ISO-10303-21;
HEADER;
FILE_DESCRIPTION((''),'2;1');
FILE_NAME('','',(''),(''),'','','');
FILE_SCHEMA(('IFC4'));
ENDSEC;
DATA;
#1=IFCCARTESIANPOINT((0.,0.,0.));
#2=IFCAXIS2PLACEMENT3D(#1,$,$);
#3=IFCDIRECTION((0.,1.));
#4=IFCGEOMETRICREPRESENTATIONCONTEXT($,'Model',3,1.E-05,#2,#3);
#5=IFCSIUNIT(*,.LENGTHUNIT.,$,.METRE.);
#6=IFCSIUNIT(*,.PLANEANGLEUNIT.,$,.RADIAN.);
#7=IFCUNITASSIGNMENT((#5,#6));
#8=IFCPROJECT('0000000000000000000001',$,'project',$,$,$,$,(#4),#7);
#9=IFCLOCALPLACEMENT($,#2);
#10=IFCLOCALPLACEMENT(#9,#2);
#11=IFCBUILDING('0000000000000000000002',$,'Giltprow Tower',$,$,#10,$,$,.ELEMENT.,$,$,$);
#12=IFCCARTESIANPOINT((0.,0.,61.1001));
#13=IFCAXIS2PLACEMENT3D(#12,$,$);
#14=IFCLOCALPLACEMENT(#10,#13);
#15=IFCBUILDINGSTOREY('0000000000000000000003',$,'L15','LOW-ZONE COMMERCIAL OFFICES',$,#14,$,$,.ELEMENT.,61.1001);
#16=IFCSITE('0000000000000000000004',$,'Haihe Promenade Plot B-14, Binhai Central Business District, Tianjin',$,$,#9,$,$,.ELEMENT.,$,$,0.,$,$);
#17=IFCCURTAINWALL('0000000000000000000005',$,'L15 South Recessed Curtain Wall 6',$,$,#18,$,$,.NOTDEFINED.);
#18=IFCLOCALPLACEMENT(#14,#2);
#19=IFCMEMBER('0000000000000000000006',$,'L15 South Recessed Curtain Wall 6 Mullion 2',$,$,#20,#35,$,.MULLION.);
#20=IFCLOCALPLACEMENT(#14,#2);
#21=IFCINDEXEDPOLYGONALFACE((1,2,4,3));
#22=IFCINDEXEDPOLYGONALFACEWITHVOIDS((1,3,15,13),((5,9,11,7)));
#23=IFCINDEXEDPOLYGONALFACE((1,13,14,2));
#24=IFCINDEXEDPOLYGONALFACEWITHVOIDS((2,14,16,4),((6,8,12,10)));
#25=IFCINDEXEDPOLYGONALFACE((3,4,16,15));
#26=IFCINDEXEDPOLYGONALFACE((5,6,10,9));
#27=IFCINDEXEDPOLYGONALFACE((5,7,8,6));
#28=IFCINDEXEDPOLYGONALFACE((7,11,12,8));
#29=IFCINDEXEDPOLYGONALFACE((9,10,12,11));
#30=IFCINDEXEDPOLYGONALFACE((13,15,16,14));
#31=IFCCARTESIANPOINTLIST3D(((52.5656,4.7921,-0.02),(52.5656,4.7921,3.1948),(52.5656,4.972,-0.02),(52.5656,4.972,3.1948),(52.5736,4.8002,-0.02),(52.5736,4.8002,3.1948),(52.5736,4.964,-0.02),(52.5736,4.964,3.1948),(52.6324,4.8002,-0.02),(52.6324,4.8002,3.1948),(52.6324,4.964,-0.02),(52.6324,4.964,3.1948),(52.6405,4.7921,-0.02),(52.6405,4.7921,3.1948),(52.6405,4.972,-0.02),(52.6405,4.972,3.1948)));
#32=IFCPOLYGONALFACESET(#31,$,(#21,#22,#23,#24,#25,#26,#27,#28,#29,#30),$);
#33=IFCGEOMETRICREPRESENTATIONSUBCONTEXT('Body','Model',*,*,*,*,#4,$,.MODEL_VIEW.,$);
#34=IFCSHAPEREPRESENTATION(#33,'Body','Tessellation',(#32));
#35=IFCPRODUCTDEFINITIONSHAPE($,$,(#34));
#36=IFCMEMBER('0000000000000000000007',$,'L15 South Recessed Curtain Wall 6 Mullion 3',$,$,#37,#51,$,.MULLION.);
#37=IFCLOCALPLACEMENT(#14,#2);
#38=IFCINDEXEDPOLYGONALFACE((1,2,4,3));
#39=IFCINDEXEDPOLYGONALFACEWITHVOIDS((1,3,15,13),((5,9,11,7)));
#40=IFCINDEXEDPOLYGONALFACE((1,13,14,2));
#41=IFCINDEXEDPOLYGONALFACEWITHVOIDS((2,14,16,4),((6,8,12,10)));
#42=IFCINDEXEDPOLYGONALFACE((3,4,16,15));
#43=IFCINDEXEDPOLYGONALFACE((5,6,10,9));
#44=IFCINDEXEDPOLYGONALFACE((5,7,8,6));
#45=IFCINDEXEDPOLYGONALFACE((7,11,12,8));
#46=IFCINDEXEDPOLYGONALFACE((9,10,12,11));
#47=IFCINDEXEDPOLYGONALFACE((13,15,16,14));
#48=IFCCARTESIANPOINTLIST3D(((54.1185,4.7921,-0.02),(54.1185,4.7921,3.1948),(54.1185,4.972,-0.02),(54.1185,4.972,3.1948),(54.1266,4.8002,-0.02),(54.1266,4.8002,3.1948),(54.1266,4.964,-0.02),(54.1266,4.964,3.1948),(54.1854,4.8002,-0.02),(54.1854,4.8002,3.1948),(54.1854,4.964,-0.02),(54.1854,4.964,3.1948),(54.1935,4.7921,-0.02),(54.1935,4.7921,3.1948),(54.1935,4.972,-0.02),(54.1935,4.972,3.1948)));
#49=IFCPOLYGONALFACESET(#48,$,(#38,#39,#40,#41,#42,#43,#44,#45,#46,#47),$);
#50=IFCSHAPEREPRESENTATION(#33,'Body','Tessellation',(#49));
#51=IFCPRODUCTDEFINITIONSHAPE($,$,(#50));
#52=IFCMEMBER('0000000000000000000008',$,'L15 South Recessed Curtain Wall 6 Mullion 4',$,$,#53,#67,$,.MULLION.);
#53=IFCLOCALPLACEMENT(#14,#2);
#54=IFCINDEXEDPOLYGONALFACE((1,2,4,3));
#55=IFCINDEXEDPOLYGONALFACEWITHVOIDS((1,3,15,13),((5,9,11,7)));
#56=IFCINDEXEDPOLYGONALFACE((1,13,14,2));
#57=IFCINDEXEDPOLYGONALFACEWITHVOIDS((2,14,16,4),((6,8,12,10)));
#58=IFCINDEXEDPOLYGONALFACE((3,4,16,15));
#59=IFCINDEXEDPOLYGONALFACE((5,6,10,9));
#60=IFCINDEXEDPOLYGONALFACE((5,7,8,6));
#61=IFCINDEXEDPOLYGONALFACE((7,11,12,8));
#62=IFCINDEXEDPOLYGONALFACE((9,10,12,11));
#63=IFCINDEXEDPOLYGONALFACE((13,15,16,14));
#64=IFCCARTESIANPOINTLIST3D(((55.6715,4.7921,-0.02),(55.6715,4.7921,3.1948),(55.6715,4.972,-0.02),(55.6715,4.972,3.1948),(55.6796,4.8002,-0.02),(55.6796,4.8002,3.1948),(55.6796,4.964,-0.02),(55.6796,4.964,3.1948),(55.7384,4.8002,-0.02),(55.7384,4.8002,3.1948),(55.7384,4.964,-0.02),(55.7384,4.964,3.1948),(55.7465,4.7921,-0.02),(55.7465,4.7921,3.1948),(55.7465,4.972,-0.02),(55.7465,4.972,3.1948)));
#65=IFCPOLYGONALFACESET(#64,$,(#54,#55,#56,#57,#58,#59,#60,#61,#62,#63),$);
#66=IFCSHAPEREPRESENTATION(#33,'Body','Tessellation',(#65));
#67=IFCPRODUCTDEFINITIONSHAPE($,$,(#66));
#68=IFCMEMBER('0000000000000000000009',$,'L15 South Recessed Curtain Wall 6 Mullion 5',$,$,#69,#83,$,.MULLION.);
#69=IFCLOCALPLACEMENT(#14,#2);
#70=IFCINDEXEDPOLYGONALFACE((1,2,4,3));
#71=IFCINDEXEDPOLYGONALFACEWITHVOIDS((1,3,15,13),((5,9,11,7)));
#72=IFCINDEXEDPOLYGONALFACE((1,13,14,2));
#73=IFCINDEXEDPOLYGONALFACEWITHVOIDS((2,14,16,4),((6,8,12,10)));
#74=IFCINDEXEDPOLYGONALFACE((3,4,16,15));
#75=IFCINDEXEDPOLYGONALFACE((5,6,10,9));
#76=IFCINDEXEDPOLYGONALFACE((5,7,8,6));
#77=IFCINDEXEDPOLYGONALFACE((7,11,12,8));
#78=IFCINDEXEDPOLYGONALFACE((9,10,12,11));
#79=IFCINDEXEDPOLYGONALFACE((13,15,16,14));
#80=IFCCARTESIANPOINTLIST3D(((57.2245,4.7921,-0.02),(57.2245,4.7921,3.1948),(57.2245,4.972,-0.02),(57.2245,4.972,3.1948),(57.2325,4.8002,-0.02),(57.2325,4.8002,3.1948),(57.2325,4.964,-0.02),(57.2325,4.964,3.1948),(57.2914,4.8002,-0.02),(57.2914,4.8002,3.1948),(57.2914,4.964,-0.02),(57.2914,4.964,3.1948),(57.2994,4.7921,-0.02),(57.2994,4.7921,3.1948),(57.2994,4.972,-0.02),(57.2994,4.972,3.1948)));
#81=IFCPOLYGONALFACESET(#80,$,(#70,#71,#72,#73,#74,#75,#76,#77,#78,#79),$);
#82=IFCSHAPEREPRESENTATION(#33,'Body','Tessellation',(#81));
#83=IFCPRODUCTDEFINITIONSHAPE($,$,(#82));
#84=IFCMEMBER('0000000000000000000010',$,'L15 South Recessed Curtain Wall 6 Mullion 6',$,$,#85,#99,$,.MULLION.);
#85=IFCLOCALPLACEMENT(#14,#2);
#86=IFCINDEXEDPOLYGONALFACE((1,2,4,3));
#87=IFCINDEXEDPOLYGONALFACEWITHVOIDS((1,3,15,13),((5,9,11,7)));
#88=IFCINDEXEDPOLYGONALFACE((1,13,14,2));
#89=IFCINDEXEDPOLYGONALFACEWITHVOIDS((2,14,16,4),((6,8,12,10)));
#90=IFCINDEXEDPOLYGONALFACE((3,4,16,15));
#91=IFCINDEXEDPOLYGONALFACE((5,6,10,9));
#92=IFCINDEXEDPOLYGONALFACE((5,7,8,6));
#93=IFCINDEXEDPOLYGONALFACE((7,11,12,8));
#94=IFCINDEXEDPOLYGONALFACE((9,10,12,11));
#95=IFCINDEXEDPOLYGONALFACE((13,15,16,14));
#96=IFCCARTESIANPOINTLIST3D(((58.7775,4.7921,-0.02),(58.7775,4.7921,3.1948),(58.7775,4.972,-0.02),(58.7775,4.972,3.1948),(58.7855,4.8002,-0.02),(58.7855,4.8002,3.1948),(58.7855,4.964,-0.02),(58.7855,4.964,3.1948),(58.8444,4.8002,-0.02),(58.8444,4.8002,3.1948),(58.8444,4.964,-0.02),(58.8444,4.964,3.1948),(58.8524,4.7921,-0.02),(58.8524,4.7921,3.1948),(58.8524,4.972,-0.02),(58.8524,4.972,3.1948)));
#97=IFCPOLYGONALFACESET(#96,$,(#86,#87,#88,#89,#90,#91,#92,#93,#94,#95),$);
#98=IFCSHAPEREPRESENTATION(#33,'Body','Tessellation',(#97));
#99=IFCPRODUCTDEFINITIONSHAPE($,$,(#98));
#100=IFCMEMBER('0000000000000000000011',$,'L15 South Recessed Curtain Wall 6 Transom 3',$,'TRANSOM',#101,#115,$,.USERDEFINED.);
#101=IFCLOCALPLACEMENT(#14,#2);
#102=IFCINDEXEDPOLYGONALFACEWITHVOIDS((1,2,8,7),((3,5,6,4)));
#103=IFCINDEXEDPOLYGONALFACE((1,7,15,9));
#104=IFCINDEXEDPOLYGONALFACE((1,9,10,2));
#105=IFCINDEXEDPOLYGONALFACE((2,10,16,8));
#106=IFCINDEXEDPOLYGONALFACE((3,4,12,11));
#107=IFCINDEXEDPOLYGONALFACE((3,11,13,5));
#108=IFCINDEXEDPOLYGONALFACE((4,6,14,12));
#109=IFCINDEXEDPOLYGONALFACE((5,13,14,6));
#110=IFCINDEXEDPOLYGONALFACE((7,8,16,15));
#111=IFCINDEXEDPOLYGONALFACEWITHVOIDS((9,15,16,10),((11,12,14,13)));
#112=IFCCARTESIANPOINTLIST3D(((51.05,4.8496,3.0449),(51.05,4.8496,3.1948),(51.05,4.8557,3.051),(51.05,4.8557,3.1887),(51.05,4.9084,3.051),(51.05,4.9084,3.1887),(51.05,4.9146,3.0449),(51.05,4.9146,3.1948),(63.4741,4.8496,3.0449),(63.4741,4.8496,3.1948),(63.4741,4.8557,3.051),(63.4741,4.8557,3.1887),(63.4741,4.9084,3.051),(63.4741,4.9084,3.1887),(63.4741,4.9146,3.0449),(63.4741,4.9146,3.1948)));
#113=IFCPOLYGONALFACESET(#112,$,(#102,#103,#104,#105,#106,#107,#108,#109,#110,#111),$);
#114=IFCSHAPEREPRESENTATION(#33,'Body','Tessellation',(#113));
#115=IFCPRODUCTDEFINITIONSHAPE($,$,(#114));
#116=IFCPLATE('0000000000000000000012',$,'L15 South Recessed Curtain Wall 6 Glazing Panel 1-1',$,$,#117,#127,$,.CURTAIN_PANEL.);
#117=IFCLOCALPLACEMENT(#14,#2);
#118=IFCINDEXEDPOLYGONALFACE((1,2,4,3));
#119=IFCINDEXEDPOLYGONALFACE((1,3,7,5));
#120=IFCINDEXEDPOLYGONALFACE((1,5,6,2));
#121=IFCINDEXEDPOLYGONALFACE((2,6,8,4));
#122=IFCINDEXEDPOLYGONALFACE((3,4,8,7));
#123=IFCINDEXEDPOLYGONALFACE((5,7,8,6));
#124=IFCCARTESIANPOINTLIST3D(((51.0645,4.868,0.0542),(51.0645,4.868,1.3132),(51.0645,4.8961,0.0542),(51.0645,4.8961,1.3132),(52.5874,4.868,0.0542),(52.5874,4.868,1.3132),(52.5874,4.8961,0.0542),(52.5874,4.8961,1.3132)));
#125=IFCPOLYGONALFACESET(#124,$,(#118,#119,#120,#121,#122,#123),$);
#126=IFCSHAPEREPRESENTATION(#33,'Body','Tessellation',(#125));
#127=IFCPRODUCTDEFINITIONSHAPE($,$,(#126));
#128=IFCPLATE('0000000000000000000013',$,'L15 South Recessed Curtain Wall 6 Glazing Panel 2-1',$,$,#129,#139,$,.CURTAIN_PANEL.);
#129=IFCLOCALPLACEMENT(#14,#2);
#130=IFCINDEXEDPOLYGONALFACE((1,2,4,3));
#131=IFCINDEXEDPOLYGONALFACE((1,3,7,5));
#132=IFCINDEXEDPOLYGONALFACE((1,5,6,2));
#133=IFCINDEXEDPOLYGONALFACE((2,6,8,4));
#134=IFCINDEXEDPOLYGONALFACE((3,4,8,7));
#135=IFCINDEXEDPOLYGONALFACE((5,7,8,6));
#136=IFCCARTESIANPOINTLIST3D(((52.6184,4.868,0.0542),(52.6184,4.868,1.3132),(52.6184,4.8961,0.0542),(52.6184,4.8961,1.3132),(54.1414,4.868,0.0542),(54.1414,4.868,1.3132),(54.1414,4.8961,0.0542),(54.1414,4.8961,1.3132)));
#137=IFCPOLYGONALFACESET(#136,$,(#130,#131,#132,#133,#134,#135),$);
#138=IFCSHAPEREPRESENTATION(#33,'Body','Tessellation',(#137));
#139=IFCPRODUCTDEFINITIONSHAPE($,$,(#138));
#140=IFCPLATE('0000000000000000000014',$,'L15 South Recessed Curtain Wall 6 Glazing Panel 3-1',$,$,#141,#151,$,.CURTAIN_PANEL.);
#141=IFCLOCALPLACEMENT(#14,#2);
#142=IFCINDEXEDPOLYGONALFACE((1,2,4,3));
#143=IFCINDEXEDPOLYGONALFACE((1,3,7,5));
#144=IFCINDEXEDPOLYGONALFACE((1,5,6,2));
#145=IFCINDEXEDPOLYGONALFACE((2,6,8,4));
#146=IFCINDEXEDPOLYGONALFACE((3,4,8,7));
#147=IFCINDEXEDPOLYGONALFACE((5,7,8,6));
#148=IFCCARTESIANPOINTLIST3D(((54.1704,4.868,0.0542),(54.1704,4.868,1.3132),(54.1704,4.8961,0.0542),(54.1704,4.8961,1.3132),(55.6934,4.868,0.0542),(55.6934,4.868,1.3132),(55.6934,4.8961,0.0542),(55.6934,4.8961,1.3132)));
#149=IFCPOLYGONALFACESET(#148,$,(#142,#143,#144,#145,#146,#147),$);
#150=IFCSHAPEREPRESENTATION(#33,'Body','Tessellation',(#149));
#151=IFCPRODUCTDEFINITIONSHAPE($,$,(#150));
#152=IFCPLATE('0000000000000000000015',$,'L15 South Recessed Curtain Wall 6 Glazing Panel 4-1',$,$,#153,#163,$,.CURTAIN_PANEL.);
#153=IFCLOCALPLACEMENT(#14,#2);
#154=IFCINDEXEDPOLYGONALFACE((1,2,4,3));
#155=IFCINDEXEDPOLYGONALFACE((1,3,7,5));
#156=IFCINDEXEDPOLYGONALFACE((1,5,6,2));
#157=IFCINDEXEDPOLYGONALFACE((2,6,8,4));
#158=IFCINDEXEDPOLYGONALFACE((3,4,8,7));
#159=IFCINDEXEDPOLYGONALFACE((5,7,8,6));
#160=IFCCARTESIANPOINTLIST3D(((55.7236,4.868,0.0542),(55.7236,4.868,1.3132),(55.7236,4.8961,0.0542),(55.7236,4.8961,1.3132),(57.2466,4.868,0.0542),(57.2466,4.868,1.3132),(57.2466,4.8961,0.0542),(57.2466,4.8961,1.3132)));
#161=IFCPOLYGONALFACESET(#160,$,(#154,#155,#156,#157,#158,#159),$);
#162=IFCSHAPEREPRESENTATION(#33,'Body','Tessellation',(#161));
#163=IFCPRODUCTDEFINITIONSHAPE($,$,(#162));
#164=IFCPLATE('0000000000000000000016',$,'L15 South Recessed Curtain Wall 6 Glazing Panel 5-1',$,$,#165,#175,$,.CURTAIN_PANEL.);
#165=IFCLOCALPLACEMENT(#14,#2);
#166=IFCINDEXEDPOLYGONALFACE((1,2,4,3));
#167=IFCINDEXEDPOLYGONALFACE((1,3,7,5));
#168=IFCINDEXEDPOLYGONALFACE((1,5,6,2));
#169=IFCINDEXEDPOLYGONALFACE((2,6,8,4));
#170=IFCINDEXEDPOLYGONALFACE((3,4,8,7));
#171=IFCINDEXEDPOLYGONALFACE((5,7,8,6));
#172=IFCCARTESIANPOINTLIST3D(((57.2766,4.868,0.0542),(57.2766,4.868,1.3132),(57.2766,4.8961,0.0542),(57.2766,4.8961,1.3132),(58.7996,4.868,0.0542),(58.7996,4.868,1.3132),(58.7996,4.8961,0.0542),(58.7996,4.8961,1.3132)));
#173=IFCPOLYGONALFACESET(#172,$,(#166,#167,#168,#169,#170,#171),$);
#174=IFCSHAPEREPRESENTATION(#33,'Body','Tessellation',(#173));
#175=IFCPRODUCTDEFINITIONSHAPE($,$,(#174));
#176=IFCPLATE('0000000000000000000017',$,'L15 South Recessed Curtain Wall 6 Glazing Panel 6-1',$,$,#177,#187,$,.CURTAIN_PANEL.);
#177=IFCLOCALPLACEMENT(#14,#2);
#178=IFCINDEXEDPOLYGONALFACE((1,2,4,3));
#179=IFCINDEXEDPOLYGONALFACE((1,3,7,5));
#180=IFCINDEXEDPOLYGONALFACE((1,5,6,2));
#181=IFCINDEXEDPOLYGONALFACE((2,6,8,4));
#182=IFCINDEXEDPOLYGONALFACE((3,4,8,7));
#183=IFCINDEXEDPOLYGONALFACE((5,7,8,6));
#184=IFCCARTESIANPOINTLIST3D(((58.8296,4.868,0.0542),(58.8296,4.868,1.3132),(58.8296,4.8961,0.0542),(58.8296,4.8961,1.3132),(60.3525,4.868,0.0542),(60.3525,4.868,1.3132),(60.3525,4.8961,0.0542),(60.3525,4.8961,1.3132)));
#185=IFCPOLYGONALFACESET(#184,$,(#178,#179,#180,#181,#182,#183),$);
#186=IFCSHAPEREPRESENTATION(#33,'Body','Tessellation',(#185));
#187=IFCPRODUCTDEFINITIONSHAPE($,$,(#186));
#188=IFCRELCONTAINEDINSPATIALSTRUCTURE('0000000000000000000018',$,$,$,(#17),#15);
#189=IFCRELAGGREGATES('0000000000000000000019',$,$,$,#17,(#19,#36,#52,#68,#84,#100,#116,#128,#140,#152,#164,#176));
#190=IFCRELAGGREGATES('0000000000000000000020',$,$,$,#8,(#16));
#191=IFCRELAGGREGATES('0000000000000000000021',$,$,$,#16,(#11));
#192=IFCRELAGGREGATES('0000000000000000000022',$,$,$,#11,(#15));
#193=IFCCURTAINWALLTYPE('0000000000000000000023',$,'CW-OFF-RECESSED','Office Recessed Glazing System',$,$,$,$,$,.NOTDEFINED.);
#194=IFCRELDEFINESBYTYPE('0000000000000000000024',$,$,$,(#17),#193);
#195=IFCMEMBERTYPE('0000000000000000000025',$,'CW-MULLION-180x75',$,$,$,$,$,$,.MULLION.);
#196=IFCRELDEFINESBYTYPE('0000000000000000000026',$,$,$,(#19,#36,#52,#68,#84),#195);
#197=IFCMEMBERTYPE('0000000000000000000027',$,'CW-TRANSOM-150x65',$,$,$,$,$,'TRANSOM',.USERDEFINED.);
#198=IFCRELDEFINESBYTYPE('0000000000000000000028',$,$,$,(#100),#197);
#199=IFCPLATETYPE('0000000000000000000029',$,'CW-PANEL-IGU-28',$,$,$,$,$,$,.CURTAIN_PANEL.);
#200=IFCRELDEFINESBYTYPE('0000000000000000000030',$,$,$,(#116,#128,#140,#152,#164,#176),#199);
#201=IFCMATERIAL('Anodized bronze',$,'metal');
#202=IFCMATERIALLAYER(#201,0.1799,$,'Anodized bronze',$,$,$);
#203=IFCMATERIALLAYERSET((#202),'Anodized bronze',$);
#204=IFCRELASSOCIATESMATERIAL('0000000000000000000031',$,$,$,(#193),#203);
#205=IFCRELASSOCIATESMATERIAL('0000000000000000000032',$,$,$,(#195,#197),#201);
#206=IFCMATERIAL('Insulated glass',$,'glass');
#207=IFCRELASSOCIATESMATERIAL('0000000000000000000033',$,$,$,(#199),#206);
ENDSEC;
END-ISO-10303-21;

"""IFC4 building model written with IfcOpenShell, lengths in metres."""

from ifc_helpers import new_model, si_unit, direction, frame, origin, origin_2d, place, context, subcontext, project, spatial, rectangle, hollow_rectangle, extrude, source, transform, mapped, material, layer, layer_set, material_profile, profile_set, type_object, element, aggregate, save


model = new_model("IFC4")

# Units and contexts
model_context = context("Model", 3, precision=1e-05, world=origin(), true_north=direction((0.0, 1.0)))
body_context = subcontext(model_context, "Body", "Model", "MODEL_VIEW")
ifc_project = project(units=[si_unit("LENGTHUNIT", "METRE"), si_unit("PLANEANGLEUNIT", "RADIAN")], contexts=[model_context])

# Site, building, storey
site_placement = place(None, origin())
site = spatial("IfcSite", under=ifc_project, at=site_placement, Name="Haihe Promenade Plot B-14, Binhai Central Business District, Tianjin", CompositionType="ELEMENT", RefElevation=0.0)
building_placement = place(site_placement, origin())
building = spatial("IfcBuilding", under=site, at=building_placement, Name="Giltprow Tower", CompositionType="ELEMENT")
storey_placement = place(building_placement, frame((0.0, 0.0, 61.1001)))
storey = spatial("IfcBuildingStorey", under=building, at=storey_placement, Name="L15", Description="LOW-ZONE COMMERCIAL OFFICES", CompositionType="ELEMENT", Elevation=61.1001)

# Curtain wall, members, plates
ifc_material_1 = material(Name="Anodized bronze", Category="metal")
ifc_layer = layer(ifc_material_1, 0.1799, Name="Anodized bronze")
ifc_layer_set = layer_set([ifc_layer], Name="Anodized bronze")
curtain_wall_type = type_object("IfcCurtainWallType", Name="CW-OFF-RECESSED", Description="Office Recessed Glazing System", PredefinedType="NOTDEFINED", material=ifc_layer_set)
curtain_wall_placement = place(storey_placement, origin())
curtain_wall = element("IfcCurtainWall", 1, at=curtain_wall_placement, inside=storey, type_object=curtain_wall_type, Name="L15 South Recessed Curtain Wall 6", PredefinedType="NOTDEFINED")
ifc_material_profile_1 = material_profile(ifc_material_1, hollow_rectangle(XDim=0.075, YDim=0.1799, WallThickness=0.0081, at=origin_2d()), Name="RHS 180x75x8")
ifc_profile_set_1 = profile_set([ifc_material_profile_1], Name="Anodized bronze")
member_type_1 = type_object("IfcMemberType", Name="CW-MULLION-180x75", PredefinedType="MULLION", material=ifc_profile_set_1)
shared_shape_1 = source(origin(), body_context, "Body", "SweptSolid", [
    extrude(hollow_rectangle(XDim=0.075, YDim=0.1799, WallThickness=0.0081, at=origin_2d()), origin(), (0.0, 0.0, 1.0), 3.2148),
])
member_1_placement = place(storey_placement, frame((52.603, 4.8821, -0.02), z_axis=(0.0, 0.0, 1.0), x_axis=(1.0, 0.0, 0.0)))
member_1 = element("IfcMember", 2, at=member_1_placement, type_object=member_type_1, Name="L15 South Recessed Curtain Wall 6 Mullion 2", PredefinedType="MULLION", context=body_context, shape_type="MappedRepresentation", body=[
    mapped(shared_shape_1, transform((0.0, 0.0, 0.0), x_axis=(1.0, 0.0, 0.0), y_axis=(0.0, 1.0, 0.0), z_axis=(0.0, 0.0, 1.0), scale=1.0)),
])
member_2_placement = place(storey_placement, frame((54.156, 4.8821, -0.02), z_axis=(0.0, 0.0, 1.0), x_axis=(1.0, 0.0, 0.0)))
member_2 = element("IfcMember", 3, at=member_2_placement, type_object=member_type_1, Name="L15 South Recessed Curtain Wall 6 Mullion 3", PredefinedType="MULLION", context=body_context, shape_type="MappedRepresentation", body=[
    mapped(shared_shape_1, transform((0.0, 0.0, 0.0), x_axis=(1.0, 0.0, 0.0), y_axis=(0.0, 1.0, 0.0), z_axis=(0.0, 0.0, 1.0), scale=1.0)),
])
member_3_placement = place(storey_placement, frame((55.709, 4.8821, -0.02), z_axis=(0.0, 0.0, 1.0), x_axis=(1.0, 0.0, 0.0)))
member_3 = element("IfcMember", 4, at=member_3_placement, type_object=member_type_1, Name="L15 South Recessed Curtain Wall 6 Mullion 4", PredefinedType="MULLION", context=body_context, shape_type="MappedRepresentation", body=[
    mapped(shared_shape_1, transform((0.0, 0.0, 0.0), x_axis=(1.0, 0.0, 0.0), y_axis=(0.0, 1.0, 0.0), z_axis=(0.0, 0.0, 1.0), scale=1.0)),
])
member_4_placement = place(storey_placement, frame((57.262, 4.8821, -0.02), z_axis=(0.0, 0.0, 1.0), x_axis=(1.0, 0.0, 0.0)))
member_4 = element("IfcMember", 5, at=member_4_placement, type_object=member_type_1, Name="L15 South Recessed Curtain Wall 6 Mullion 5", PredefinedType="MULLION", context=body_context, shape_type="MappedRepresentation", body=[
    mapped(shared_shape_1, transform((0.0, 0.0, 0.0), x_axis=(1.0, 0.0, 0.0), y_axis=(0.0, 1.0, 0.0), z_axis=(0.0, 0.0, 1.0), scale=1.0)),
])
member_5_placement = place(storey_placement, frame((58.8149, 4.8821, -0.02), z_axis=(0.0, 0.0, 1.0), x_axis=(1.0, 0.0, 0.0)))
member_5 = element("IfcMember", 6, at=member_5_placement, type_object=member_type_1, Name="L15 South Recessed Curtain Wall 6 Mullion 6", PredefinedType="MULLION", context=body_context, shape_type="MappedRepresentation", body=[
    mapped(shared_shape_1, transform((0.0, 0.0, 0.0), x_axis=(1.0, 0.0, 0.0), y_axis=(0.0, 1.0, 0.0), z_axis=(0.0, 0.0, 1.0), scale=1.0)),
])
ifc_material_profile_2 = material_profile(ifc_material_1, hollow_rectangle(XDim=0.0649, YDim=0.1499, WallThickness=0.0061, at=origin_2d()), Name="RHS 150x65x6")
ifc_profile_set_2 = profile_set([ifc_material_profile_2], Name="Anodized bronze")
member_type_2 = type_object("IfcMemberType", Name="CW-TRANSOM-150x65", ElementType="TRANSOM", PredefinedType="USERDEFINED", material=ifc_profile_set_2)
shared_shape_2 = source(origin(), body_context, "Body", "SweptSolid", [
    extrude(hollow_rectangle(XDim=0.0649, YDim=0.1499, WallThickness=0.0061, at=origin_2d()), origin(), (0.0, 0.0, 1.0), 12.4241),
])
member_6_placement = place(storey_placement, frame((51.05, 4.8821, 3.1199), z_axis=(1.0, 0.0, 0.0), x_axis=(0.0, 1.0, 0.0)))
member_6 = element("IfcMember", 7, at=member_6_placement, type_object=member_type_2, Name="L15 South Recessed Curtain Wall 6 Transom 3", ObjectType="TRANSOM", PredefinedType="USERDEFINED", context=body_context, shape_type="MappedRepresentation", body=[
    mapped(shared_shape_2, transform((0.0, 0.0, 0.0), x_axis=(1.0, 0.0, 0.0), y_axis=(0.0, 1.0, 0.0), z_axis=(0.0, 0.0, 1.0), scale=1.0)),
])
ifc_material_2 = material(Name="Insulated glass", Category="glass")
plate_type = type_object("IfcPlateType", Name="CW-PANEL-IGU-28", PredefinedType="CURTAIN_PANEL", material=ifc_material_2)
shared_shape_3 = source(origin(), body_context, "Body", "SweptSolid", [
    extrude(rectangle(XDim=1.5229, YDim=0.0281, at=origin_2d()), origin(), (0.0, 0.0, 1.0), 1.259),
])
plate_1_placement = place(storey_placement, frame((51.8259, 4.8821, 0.0542), z_axis=(0.0, 0.0, 1.0), x_axis=(1.0, 0.0, 0.0)))
plate_1 = element("IfcPlate", 8, at=plate_1_placement, type_object=plate_type, Name="L15 South Recessed Curtain Wall 6 Glazing Panel 1-1", PredefinedType="CURTAIN_PANEL", context=body_context, shape_type="MappedRepresentation", body=[
    mapped(shared_shape_3, transform((0.0, 0.0, 0.0), x_axis=(1.0, 0.0, 0.0), y_axis=(0.0, 1.0, 0.0), z_axis=(0.0, 0.0, 1.0), scale=1.0)),
])
plate_2_placement = place(storey_placement, frame((53.3799, 4.8821, 0.0542), z_axis=(0.0, 0.0, 1.0), x_axis=(1.0, 0.0, 0.0)))
plate_2 = element("IfcPlate", 9, at=plate_2_placement, type_object=plate_type, Name="L15 South Recessed Curtain Wall 6 Glazing Panel 2-1", PredefinedType="CURTAIN_PANEL", context=body_context, shape_type="MappedRepresentation", body=[
    mapped(shared_shape_3, transform((0.0, 0.0, 0.0), x_axis=(1.0, 0.0, 0.0), y_axis=(0.0, 1.0, 0.0), z_axis=(0.0, 0.0, 1.0), scale=1.0)),
])
plate_3_placement = place(storey_placement, frame((54.9319, 4.8821, 0.0542), z_axis=(0.0, 0.0, 1.0), x_axis=(1.0, 0.0, 0.0)))
plate_3 = element("IfcPlate", 10, at=plate_3_placement, type_object=plate_type, Name="L15 South Recessed Curtain Wall 6 Glazing Panel 3-1", PredefinedType="CURTAIN_PANEL", context=body_context, shape_type="MappedRepresentation", body=[
    mapped(shared_shape_3, transform((0.0, 0.0, 0.0), x_axis=(1.0, 0.0, 0.0), y_axis=(0.0, 1.0, 0.0), z_axis=(0.0, 0.0, 1.0), scale=1.0)),
])
plate_4_placement = place(storey_placement, frame((56.4851, 4.8821, 0.0542), z_axis=(0.0, 0.0, 1.0), x_axis=(1.0, 0.0, 0.0)))
plate_4 = element("IfcPlate", 11, at=plate_4_placement, type_object=plate_type, Name="L15 South Recessed Curtain Wall 6 Glazing Panel 4-1", PredefinedType="CURTAIN_PANEL", context=body_context, shape_type="MappedRepresentation", body=[
    mapped(shared_shape_3, transform((0.0, 0.0, 0.0), x_axis=(1.0, 0.0, 0.0), y_axis=(0.0, 1.0, 0.0), z_axis=(0.0, 0.0, 1.0), scale=1.0)),
])
plate_5_placement = place(storey_placement, frame((58.0381, 4.8821, 0.0542), z_axis=(0.0, 0.0, 1.0), x_axis=(1.0, 0.0, 0.0)))
plate_5 = element("IfcPlate", 12, at=plate_5_placement, type_object=plate_type, Name="L15 South Recessed Curtain Wall 6 Glazing Panel 5-1", PredefinedType="CURTAIN_PANEL", context=body_context, shape_type="MappedRepresentation", body=[
    mapped(shared_shape_3, transform((0.0, 0.0, 0.0), x_axis=(1.0, 0.0, 0.0), y_axis=(0.0, 1.0, 0.0), z_axis=(0.0, 0.0, 1.0), scale=1.0)),
])
plate_6_placement = place(storey_placement, frame((59.5911, 4.8821, 0.0542), z_axis=(0.0, 0.0, 1.0), x_axis=(1.0, 0.0, 0.0)))
plate_6 = element("IfcPlate", 13, at=plate_6_placement, type_object=plate_type, Name="L15 South Recessed Curtain Wall 6 Glazing Panel 6-1", PredefinedType="CURTAIN_PANEL", context=body_context, shape_type="MappedRepresentation", body=[
    mapped(shared_shape_3, transform((0.0, 0.0, 0.0), x_axis=(1.0, 0.0, 0.0), y_axis=(0.0, 1.0, 0.0), z_axis=(0.0, 0.0, 1.0), scale=1.0)),
])
aggregate(curtain_wall, [member_1, member_2, member_3, member_4, member_5, member_6, plate_1, plate_2, plate_3, plate_4, plate_5, plate_6])

save(model, "model.ifc")
